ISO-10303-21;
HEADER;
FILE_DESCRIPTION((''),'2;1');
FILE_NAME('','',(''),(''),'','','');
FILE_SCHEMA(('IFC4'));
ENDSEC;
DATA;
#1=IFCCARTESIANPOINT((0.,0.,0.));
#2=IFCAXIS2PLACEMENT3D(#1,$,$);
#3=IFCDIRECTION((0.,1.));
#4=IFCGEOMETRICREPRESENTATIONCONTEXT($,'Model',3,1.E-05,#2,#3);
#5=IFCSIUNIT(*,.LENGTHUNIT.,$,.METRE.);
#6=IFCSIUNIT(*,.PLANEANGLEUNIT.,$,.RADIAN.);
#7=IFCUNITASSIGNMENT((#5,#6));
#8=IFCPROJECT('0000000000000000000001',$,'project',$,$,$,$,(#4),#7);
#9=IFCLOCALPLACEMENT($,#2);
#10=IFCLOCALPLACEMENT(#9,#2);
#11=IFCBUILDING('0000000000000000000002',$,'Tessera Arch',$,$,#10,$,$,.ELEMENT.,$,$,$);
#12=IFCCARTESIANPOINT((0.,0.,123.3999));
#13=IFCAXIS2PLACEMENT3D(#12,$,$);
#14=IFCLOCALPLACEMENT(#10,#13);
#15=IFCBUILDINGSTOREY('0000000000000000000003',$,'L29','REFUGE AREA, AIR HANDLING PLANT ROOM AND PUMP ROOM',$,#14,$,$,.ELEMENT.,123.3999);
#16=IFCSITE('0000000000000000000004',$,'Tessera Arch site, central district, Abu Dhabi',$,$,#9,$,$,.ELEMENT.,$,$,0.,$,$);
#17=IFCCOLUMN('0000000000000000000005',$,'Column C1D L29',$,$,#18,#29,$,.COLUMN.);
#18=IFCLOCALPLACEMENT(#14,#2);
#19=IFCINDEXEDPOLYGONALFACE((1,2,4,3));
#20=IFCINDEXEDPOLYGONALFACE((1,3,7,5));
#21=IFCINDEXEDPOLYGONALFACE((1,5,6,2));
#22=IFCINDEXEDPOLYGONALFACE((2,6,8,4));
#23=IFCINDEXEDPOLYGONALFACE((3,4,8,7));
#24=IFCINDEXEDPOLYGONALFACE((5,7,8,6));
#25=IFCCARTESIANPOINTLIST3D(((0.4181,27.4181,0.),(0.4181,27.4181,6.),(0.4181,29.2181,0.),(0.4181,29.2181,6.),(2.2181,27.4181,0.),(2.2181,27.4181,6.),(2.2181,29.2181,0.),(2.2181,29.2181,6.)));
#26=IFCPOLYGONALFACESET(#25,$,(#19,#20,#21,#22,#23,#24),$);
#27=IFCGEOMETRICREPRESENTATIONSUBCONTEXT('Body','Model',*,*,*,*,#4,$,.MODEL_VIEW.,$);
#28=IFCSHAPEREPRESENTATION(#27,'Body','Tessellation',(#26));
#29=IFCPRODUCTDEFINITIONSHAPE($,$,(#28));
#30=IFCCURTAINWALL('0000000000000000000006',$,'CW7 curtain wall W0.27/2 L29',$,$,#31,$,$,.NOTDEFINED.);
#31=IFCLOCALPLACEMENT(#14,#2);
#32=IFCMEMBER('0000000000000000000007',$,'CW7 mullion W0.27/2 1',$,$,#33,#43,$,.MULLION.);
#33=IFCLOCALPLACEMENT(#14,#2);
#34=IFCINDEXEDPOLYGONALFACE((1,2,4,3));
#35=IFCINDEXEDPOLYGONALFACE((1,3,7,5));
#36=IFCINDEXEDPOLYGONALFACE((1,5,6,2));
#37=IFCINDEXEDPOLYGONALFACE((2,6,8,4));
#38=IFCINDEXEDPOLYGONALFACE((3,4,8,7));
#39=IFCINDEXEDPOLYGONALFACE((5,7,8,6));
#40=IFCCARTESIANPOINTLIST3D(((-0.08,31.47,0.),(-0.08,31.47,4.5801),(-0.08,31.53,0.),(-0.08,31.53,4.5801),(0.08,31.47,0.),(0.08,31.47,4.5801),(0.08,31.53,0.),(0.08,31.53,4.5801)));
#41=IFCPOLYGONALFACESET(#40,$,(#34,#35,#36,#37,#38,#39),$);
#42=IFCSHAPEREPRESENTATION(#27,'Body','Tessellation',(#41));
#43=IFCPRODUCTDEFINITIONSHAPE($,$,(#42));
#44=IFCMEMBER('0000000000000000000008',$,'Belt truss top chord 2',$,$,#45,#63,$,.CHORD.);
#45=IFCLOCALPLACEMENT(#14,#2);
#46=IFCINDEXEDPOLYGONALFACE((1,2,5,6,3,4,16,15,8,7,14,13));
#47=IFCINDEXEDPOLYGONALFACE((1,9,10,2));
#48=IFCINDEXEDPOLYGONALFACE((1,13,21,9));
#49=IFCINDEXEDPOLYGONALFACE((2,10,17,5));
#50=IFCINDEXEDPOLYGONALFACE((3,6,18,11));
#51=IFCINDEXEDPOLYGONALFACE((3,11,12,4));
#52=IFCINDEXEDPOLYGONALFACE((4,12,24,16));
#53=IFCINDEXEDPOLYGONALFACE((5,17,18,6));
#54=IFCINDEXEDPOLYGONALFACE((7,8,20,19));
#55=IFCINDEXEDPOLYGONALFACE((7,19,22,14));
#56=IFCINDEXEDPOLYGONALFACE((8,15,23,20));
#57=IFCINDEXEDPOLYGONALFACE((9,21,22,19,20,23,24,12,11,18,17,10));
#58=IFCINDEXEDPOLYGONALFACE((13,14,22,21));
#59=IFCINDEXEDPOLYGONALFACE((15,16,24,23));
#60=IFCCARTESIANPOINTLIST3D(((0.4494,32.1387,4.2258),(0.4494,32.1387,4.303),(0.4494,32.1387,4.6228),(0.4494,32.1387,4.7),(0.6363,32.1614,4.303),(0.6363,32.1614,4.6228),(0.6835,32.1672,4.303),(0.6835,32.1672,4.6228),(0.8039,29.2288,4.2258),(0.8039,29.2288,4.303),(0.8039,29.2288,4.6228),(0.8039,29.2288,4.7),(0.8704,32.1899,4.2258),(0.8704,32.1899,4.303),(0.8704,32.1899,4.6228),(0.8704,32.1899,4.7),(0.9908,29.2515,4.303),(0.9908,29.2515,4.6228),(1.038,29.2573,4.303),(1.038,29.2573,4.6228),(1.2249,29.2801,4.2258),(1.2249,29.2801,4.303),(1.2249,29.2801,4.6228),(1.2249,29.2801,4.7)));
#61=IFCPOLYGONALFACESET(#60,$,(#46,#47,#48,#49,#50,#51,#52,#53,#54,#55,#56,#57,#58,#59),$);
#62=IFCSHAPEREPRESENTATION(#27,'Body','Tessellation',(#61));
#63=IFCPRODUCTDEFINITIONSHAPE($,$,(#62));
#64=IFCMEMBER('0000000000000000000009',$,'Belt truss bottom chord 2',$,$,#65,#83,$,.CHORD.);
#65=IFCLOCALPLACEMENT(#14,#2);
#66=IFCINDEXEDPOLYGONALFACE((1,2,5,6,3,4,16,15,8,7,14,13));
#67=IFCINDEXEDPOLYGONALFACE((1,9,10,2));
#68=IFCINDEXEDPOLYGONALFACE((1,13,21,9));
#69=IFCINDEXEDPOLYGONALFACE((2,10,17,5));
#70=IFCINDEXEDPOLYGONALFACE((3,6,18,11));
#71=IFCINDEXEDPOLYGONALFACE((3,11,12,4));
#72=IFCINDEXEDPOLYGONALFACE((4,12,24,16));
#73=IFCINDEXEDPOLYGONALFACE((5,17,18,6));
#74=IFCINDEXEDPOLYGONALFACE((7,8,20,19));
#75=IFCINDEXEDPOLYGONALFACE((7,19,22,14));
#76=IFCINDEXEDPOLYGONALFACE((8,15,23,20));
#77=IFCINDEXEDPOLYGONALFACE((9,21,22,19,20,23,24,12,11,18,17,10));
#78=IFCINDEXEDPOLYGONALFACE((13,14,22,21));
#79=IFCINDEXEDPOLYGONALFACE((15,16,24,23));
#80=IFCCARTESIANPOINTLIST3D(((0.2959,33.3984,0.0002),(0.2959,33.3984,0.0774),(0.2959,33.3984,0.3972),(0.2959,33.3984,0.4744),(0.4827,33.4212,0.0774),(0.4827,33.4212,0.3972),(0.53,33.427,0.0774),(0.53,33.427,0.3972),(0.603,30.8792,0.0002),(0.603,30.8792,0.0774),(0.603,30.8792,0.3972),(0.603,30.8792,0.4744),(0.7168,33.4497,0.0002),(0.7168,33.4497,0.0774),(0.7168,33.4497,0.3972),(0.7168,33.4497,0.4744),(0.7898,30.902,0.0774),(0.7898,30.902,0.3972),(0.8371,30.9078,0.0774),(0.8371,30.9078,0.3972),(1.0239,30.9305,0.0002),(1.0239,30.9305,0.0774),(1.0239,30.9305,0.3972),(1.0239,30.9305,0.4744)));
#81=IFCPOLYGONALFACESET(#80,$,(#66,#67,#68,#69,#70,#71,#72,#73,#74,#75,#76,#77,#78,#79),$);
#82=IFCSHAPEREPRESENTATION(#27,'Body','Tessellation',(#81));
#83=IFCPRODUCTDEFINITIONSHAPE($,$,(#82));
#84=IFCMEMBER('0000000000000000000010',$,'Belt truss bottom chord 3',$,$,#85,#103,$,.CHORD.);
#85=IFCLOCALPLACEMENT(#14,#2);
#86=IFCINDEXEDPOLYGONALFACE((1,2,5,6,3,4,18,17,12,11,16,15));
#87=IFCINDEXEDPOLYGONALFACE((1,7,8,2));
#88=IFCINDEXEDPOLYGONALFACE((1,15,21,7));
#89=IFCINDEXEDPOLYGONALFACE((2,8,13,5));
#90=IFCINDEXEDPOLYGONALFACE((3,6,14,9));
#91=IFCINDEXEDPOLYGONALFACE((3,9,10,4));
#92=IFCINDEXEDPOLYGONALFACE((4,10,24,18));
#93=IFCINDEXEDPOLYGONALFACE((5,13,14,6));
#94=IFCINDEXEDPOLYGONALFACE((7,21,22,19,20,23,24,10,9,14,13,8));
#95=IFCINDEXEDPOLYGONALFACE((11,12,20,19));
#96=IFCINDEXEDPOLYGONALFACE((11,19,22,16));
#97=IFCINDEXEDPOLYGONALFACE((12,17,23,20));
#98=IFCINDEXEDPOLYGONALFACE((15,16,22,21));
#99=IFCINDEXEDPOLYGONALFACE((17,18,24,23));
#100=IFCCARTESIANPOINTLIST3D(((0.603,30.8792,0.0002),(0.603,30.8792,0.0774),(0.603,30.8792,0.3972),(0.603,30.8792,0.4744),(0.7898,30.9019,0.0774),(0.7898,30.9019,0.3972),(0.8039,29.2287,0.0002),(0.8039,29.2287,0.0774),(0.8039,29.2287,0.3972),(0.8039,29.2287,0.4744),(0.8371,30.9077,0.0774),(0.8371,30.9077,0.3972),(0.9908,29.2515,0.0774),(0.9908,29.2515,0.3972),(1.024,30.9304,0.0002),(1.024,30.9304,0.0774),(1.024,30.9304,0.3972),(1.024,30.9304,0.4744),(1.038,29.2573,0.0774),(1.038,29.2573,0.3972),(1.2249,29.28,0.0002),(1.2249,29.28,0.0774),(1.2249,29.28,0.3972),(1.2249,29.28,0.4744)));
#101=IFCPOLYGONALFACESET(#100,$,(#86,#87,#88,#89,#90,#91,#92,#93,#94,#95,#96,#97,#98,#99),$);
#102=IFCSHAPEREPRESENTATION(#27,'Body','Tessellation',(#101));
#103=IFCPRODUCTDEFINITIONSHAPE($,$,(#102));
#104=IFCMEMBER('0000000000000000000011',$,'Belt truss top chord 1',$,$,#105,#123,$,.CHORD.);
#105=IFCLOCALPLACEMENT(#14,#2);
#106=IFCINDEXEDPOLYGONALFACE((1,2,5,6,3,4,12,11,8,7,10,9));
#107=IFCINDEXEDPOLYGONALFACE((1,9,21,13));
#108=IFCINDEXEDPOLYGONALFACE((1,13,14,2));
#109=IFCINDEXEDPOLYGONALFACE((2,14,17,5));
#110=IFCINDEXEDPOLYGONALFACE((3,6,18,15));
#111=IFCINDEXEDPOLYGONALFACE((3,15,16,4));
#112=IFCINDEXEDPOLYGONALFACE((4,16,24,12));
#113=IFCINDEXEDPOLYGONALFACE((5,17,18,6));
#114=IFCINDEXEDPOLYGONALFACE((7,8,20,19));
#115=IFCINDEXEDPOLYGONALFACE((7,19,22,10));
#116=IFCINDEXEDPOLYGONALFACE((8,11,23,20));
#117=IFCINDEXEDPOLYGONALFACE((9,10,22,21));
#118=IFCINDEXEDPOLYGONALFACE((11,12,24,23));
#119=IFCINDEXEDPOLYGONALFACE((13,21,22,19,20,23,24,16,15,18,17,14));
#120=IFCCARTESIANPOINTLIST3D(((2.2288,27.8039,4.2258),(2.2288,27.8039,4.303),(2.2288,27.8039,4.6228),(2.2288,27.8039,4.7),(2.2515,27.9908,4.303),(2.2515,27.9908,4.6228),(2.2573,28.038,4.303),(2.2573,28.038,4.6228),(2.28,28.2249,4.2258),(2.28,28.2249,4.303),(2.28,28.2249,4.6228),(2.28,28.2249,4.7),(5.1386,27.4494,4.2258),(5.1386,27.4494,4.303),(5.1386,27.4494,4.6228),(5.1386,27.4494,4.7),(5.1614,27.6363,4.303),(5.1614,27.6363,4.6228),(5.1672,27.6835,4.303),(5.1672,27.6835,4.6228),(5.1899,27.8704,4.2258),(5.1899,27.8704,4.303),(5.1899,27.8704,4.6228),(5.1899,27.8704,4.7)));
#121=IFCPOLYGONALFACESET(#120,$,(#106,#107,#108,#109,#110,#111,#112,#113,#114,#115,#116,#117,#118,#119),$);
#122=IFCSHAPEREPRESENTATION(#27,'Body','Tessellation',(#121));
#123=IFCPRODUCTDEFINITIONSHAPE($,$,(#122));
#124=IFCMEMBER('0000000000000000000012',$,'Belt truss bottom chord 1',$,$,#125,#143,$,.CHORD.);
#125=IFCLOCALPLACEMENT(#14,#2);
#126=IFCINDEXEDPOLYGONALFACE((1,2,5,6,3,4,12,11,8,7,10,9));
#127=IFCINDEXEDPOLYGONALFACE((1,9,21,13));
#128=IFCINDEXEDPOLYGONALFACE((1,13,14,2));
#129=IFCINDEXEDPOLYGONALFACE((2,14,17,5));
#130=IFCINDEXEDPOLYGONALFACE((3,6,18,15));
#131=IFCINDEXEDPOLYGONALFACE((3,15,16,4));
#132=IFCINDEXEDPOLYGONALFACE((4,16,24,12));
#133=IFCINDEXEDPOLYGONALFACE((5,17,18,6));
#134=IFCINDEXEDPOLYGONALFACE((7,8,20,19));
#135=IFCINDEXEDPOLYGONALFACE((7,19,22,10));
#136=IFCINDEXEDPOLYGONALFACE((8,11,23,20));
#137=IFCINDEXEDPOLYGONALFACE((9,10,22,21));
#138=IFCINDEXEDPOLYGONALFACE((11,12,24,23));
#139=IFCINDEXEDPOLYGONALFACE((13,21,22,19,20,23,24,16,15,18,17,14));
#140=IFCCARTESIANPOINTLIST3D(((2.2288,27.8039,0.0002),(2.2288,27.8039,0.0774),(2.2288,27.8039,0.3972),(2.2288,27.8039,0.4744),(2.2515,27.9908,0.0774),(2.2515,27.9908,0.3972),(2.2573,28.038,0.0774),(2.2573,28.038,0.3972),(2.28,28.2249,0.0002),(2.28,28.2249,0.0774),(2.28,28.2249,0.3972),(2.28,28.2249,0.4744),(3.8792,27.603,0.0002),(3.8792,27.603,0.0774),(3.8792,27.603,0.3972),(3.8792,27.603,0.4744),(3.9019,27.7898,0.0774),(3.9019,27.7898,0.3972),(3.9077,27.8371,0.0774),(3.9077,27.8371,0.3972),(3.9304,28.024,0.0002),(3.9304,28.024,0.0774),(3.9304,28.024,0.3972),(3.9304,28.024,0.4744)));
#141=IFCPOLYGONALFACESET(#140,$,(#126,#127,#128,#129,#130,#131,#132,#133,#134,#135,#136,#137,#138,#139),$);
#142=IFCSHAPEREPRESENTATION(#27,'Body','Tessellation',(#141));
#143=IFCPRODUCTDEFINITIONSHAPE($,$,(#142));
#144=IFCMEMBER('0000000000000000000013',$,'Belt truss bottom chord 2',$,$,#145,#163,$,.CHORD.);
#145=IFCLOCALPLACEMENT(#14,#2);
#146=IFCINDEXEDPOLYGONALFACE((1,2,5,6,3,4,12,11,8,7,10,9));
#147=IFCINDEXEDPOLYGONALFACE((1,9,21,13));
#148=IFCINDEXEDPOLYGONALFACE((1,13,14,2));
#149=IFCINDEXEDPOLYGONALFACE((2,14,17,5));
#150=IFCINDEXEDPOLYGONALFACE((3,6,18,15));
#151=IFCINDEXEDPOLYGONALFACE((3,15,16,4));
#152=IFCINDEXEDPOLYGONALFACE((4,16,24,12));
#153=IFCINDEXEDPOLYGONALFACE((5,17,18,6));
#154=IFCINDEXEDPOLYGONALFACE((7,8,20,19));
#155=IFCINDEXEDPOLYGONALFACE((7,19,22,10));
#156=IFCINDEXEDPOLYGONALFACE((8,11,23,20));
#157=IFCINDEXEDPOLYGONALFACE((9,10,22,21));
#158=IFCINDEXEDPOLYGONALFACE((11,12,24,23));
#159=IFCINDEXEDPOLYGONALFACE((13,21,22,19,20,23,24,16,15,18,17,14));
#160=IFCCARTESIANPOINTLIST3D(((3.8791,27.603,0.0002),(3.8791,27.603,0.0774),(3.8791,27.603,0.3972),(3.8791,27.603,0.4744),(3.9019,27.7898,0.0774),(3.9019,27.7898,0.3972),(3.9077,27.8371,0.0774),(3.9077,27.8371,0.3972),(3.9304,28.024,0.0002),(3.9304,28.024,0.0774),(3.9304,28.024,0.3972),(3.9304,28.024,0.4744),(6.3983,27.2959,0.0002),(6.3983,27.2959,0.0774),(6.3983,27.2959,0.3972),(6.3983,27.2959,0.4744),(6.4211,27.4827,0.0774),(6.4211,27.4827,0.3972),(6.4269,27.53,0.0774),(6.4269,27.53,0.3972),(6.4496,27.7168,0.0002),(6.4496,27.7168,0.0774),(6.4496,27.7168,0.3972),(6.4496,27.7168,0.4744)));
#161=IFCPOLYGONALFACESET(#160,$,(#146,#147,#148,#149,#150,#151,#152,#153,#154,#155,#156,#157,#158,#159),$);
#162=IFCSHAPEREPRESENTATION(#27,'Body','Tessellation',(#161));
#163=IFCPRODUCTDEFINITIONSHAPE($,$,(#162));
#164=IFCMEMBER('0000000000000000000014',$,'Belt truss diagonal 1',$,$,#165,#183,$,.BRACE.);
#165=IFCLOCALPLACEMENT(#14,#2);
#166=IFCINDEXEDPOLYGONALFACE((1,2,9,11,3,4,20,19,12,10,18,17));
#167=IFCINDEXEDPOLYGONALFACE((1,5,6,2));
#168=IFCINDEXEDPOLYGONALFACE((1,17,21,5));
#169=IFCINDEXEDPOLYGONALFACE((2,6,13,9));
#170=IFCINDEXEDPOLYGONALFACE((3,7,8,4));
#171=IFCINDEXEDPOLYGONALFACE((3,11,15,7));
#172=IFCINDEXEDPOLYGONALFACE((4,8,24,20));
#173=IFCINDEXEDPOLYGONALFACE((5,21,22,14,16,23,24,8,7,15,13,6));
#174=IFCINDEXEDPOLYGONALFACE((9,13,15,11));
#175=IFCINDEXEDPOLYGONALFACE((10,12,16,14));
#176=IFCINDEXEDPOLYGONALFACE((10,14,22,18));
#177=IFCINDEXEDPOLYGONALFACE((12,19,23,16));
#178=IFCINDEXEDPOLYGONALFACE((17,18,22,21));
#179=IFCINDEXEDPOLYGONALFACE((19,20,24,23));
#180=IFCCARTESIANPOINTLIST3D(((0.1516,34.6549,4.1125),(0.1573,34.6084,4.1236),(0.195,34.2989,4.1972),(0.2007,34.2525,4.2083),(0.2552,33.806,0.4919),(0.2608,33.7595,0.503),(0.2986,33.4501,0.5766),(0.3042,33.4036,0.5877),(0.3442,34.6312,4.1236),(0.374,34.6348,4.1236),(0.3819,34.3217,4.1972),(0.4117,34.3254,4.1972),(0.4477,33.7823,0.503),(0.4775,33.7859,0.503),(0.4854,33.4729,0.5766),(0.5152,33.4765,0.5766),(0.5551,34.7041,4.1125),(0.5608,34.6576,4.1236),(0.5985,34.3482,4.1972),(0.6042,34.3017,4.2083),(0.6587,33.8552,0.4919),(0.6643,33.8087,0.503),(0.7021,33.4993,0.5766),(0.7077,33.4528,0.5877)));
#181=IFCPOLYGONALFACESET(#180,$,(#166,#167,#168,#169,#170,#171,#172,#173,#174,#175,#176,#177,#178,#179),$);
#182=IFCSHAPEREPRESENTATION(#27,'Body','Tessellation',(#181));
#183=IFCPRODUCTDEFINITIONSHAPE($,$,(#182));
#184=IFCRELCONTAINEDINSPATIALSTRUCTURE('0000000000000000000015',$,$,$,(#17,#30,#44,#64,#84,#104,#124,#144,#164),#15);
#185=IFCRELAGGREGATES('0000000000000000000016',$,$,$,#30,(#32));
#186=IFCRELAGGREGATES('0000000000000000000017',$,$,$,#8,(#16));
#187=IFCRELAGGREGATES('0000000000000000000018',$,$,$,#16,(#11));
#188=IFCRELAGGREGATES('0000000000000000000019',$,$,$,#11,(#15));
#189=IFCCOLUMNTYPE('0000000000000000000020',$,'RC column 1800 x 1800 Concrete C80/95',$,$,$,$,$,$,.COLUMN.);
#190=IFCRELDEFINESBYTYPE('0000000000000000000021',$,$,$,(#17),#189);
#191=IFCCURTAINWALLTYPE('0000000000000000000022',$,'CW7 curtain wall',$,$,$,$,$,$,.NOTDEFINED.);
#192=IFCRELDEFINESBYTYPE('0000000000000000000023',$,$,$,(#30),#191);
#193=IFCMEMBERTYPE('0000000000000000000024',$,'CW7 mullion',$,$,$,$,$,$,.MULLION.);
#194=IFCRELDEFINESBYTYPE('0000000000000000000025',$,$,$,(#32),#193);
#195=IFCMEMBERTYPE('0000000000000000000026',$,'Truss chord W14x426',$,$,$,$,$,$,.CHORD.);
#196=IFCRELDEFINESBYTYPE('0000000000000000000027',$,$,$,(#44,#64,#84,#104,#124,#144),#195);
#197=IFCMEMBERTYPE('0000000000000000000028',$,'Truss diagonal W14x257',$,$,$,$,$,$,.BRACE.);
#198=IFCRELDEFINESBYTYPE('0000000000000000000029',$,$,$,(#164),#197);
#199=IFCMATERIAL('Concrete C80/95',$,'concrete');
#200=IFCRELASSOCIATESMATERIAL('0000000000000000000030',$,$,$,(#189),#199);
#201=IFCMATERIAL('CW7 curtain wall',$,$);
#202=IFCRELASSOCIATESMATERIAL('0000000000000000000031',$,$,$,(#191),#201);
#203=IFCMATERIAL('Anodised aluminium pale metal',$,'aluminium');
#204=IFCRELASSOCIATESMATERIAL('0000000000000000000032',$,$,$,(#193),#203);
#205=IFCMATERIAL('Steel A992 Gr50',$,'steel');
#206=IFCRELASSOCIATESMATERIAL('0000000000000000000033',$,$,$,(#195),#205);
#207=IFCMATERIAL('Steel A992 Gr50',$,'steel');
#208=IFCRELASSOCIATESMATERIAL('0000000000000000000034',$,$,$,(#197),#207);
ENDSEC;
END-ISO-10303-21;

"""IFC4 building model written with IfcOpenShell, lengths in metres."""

from ifc_helpers import new_model, si_unit, direction, frame, origin, origin_2d, place, context, subcontext, project, spatial, rectangle, i_section, extrude, material, material_profile, profile_set, type_object, element, aggregate, save


model = new_model("IFC4")

# Units and contexts
model_context = context("Model", 3, precision=1e-05, world=origin(), true_north=direction((0.0, 1.0)))
body_context = subcontext(model_context, "Body", "Model", "MODEL_VIEW")
ifc_project = project(units=[si_unit("LENGTHUNIT", "METRE"), si_unit("PLANEANGLEUNIT", "RADIAN")], contexts=[model_context])

# Site, building, storey
site_placement = place(None, origin())
site = spatial("IfcSite", under=ifc_project, at=site_placement, Name="Tessera Arch site, central district, Abu Dhabi", CompositionType="ELEMENT", RefElevation=0.0)
building_placement = place(site_placement, origin())
building = spatial("IfcBuilding", under=site, at=building_placement, Name="Tessera Arch", CompositionType="ELEMENT")
storey_placement = place(building_placement, frame((0.0, 0.0, 123.3999)))
storey = spatial("IfcBuildingStorey", under=building, at=storey_placement, Name="L29", Description="REFUGE AREA, AIR HANDLING PLANT ROOM AND PUMP ROOM", CompositionType="ELEMENT", Elevation=123.3999)

# Column
ifc_material_1 = material(Name="Concrete C80/95", Category="concrete")
ifc_material_profile_1 = material_profile(ifc_material_1, rectangle(XDim=1.8, YDim=1.8, at=origin_2d()), Name="RC column 1800 x 1800 Concrete C80/95")
ifc_profile_set_1 = profile_set([ifc_material_profile_1], Name="Concrete C80/95")
column_type = type_object("IfcColumnType", Name="RC column 1800 x 1800 Concrete C80/95", PredefinedType="COLUMN", material=ifc_profile_set_1)
column_placement = place(storey_placement, frame((1.3181, 28.3181, 0.0), z_axis=(0.0, 0.0, 1.0), x_axis=(1.0, 0.0, 0.0)))
element("IfcColumn", 1, at=column_placement, inside=storey, type_object=column_type, Name="Column C1D L29", PredefinedType="COLUMN", context=body_context, shape_type="SweptSolid", body=[
    extrude(rectangle(XDim=1.8, YDim=1.8, at=origin_2d()), origin(), (0.0, 0.0, 1.0), 6.0),
])

# Curtain wall, member
ifc_material_2 = material(Name="CW7 curtain wall")
curtain_wall_type = type_object("IfcCurtainWallType", Name="CW7 curtain wall", PredefinedType="NOTDEFINED", material=ifc_material_2)
curtain_wall_placement = place(storey_placement, origin())
curtain_wall = element("IfcCurtainWall", 2, at=curtain_wall_placement, inside=storey, type_object=curtain_wall_type, Name="CW7 curtain wall W0.27/2 L29", PredefinedType="NOTDEFINED")
ifc_material_3 = material(Name="Anodised aluminium pale metal", Category="aluminium")
ifc_material_profile_2 = material_profile(ifc_material_3, rectangle(XDim=0.1599, YDim=0.0601, at=origin_2d()), Name="AL 60x160")
ifc_profile_set_2 = profile_set([ifc_material_profile_2], Name="Anodised aluminium pale metal")
member_type_1 = type_object("IfcMemberType", Name="CW7 mullion", PredefinedType="MULLION", material=ifc_profile_set_2)
member_1_placement = place(storey_placement, frame((0.0, 31.5, 0.0), z_axis=(0.0, 0.0, 1.0), x_axis=(1.0, 0.0, 0.0)))
member_1 = element("IfcMember", 3, at=member_1_placement, type_object=member_type_1, Name="CW7 mullion W0.27/2 1", PredefinedType="MULLION", context=body_context, shape_type="SweptSolid", body=[
    extrude(rectangle(XDim=0.1599, YDim=0.0601, at=origin_2d()), origin(), (0.0, 0.0, 1.0), 4.5801),
])

# Members
ifc_material_4 = material(Name="Steel A992 Gr50", Category="steel")
ifc_material_profile_3 = material_profile(ifc_material_4, i_section(OverallWidth=0.4241, OverallDepth=0.4741, WebThickness=0.0476, FlangeThickness=0.0771, at=origin_2d()), Name="W14x426")
ifc_profile_set_3 = profile_set([ifc_material_profile_3], Name="Steel A992 Gr50")
member_type_2 = type_object("IfcMemberType", Name="Truss chord W14x426", PredefinedType="CHORD", material=ifc_profile_set_3)
member_2_placement = place(storey_placement, frame((0.6599, 32.1643, 4.4629), z_axis=(0.120928, -0.992661, 0.0), x_axis=(0.992661, 0.120928, 0.0)))
element("IfcMember", 4, at=member_2_placement, inside=storey, type_object=member_type_2, Name="Belt truss top chord 2", PredefinedType="CHORD", context=body_context, shape_type="SweptSolid", body=[
    extrude(i_section(OverallWidth=0.4241, OverallDepth=0.4741, WebThickness=0.0476, FlangeThickness=0.0771, at=origin_2d()), origin(), (0.0, 0.0, 1.0), 2.9314),
])
member_3_placement = place(storey_placement, frame((0.5063, 33.4241, 0.2373), z_axis=(0.121015, -0.992651, 0.0), x_axis=(0.992651, 0.121015, 0.0)))
element("IfcMember", 5, at=member_3_placement, inside=storey, type_object=member_type_2, Name="Belt truss bottom chord 2", PredefinedType="CHORD", context=body_context, shape_type="SweptSolid", body=[
    extrude(i_section(OverallWidth=0.4241, OverallDepth=0.4741, WebThickness=0.0476, FlangeThickness=0.0771, at=origin_2d()), origin(), (0.0, 0.0, 1.0), 2.5378),
])
member_4_placement = place(storey_placement, frame((0.8135, 30.9048, 0.2373), z_axis=(0.120853, -0.99267, 0.0), x_axis=(0.99267, 0.120853, 0.0)))
element("IfcMember", 6, at=member_4_placement, inside=storey, type_object=member_type_2, Name="Belt truss bottom chord 3", PredefinedType="CHORD", context=body_context, shape_type="SweptSolid", body=[
    extrude(i_section(OverallWidth=0.4241, OverallDepth=0.4741, WebThickness=0.0476, FlangeThickness=0.0771, at=origin_2d()), origin(), (0.0, 0.0, 1.0), 1.6626),
])
member_5_placement = place(storey_placement, frame((2.2544, 28.0144, 4.4629), z_axis=(0.992661, -0.120928, 0.0), x_axis=(0.120928, 0.992661, 0.0)))
element("IfcMember", 7, at=member_5_placement, inside=storey, type_object=member_type_2, Name="Belt truss top chord 1", PredefinedType="CHORD", context=body_context, shape_type="SweptSolid", body=[
    extrude(i_section(OverallWidth=0.4241, OverallDepth=0.4741, WebThickness=0.0476, FlangeThickness=0.0771, at=origin_2d()), origin(), (0.0, 0.0, 1.0), 2.9314),
])
member_6_placement = place(storey_placement, frame((2.2544, 28.0144, 0.2373), z_axis=(0.99267, -0.120853, 0.0), x_axis=(0.120853, 0.99267, 0.0)))
element("IfcMember", 8, at=member_6_placement, inside=storey, type_object=member_type_2, Name="Belt truss bottom chord 1", PredefinedType="CHORD", context=body_context, shape_type="SweptSolid", body=[
    extrude(i_section(OverallWidth=0.4241, OverallDepth=0.4741, WebThickness=0.0476, FlangeThickness=0.0771, at=origin_2d()), origin(), (0.0, 0.0, 1.0), 1.6626),
])
member_7_placement = place(storey_placement, frame((3.9048, 27.8135, 0.2373), z_axis=(0.992651, -0.121015, 0.0), x_axis=(0.121015, 0.992651, 0.0)))
element("IfcMember", 9, at=member_7_placement, inside=storey, type_object=member_type_2, Name="Belt truss bottom chord 2", PredefinedType="CHORD", context=body_context, shape_type="SweptSolid", body=[
    extrude(i_section(OverallWidth=0.4241, OverallDepth=0.4741, WebThickness=0.0476, FlangeThickness=0.0771, at=origin_2d()), origin(), (0.0, 0.0, 1.0), 2.5378),
])
ifc_material_5 = material(Name="Steel A992 Gr50", Category="steel")
ifc_material_profile_4 = material_profile(ifc_material_5, i_section(OverallWidth=0.4065, OverallDepth=0.4165, WebThickness=0.03, FlangeThickness=0.0481, at=origin_2d()), Name="W14x257")
ifc_profile_set_4 = profile_set([ifc_material_profile_4], Name="Steel A992 Gr50")
member_type_3 = type_object("IfcMemberType", Name="Truss diagonal W14x257", PredefinedType="BRACE", material=ifc_profile_set_4)
for number, where, z_axis, x_axis, name in (
    (10, (0.3779, 34.4783, 4.1604), (0.027825, -0.228179, -0.973222), (0.992647, 0.121048, 0.0), "Belt truss diagonal 1"),
):
    element("IfcMember", number, at=place(storey_placement, frame(where, z_axis=z_axis, x_axis=x_axis)), inside=storey, type_object=member_type_3, Name=name, PredefinedType="BRACE", context=body_context, shape_type="SweptSolid", body=[
        extrude(i_section(OverallWidth=0.4065, OverallDepth=0.4165, WebThickness=0.03, FlangeThickness=0.0481, at=origin_2d()), origin(), (0.0, 0.0, 1.0), 3.7202),
    ])

aggregate(curtain_wall, [member_1])

save(model, "model.ifc")
